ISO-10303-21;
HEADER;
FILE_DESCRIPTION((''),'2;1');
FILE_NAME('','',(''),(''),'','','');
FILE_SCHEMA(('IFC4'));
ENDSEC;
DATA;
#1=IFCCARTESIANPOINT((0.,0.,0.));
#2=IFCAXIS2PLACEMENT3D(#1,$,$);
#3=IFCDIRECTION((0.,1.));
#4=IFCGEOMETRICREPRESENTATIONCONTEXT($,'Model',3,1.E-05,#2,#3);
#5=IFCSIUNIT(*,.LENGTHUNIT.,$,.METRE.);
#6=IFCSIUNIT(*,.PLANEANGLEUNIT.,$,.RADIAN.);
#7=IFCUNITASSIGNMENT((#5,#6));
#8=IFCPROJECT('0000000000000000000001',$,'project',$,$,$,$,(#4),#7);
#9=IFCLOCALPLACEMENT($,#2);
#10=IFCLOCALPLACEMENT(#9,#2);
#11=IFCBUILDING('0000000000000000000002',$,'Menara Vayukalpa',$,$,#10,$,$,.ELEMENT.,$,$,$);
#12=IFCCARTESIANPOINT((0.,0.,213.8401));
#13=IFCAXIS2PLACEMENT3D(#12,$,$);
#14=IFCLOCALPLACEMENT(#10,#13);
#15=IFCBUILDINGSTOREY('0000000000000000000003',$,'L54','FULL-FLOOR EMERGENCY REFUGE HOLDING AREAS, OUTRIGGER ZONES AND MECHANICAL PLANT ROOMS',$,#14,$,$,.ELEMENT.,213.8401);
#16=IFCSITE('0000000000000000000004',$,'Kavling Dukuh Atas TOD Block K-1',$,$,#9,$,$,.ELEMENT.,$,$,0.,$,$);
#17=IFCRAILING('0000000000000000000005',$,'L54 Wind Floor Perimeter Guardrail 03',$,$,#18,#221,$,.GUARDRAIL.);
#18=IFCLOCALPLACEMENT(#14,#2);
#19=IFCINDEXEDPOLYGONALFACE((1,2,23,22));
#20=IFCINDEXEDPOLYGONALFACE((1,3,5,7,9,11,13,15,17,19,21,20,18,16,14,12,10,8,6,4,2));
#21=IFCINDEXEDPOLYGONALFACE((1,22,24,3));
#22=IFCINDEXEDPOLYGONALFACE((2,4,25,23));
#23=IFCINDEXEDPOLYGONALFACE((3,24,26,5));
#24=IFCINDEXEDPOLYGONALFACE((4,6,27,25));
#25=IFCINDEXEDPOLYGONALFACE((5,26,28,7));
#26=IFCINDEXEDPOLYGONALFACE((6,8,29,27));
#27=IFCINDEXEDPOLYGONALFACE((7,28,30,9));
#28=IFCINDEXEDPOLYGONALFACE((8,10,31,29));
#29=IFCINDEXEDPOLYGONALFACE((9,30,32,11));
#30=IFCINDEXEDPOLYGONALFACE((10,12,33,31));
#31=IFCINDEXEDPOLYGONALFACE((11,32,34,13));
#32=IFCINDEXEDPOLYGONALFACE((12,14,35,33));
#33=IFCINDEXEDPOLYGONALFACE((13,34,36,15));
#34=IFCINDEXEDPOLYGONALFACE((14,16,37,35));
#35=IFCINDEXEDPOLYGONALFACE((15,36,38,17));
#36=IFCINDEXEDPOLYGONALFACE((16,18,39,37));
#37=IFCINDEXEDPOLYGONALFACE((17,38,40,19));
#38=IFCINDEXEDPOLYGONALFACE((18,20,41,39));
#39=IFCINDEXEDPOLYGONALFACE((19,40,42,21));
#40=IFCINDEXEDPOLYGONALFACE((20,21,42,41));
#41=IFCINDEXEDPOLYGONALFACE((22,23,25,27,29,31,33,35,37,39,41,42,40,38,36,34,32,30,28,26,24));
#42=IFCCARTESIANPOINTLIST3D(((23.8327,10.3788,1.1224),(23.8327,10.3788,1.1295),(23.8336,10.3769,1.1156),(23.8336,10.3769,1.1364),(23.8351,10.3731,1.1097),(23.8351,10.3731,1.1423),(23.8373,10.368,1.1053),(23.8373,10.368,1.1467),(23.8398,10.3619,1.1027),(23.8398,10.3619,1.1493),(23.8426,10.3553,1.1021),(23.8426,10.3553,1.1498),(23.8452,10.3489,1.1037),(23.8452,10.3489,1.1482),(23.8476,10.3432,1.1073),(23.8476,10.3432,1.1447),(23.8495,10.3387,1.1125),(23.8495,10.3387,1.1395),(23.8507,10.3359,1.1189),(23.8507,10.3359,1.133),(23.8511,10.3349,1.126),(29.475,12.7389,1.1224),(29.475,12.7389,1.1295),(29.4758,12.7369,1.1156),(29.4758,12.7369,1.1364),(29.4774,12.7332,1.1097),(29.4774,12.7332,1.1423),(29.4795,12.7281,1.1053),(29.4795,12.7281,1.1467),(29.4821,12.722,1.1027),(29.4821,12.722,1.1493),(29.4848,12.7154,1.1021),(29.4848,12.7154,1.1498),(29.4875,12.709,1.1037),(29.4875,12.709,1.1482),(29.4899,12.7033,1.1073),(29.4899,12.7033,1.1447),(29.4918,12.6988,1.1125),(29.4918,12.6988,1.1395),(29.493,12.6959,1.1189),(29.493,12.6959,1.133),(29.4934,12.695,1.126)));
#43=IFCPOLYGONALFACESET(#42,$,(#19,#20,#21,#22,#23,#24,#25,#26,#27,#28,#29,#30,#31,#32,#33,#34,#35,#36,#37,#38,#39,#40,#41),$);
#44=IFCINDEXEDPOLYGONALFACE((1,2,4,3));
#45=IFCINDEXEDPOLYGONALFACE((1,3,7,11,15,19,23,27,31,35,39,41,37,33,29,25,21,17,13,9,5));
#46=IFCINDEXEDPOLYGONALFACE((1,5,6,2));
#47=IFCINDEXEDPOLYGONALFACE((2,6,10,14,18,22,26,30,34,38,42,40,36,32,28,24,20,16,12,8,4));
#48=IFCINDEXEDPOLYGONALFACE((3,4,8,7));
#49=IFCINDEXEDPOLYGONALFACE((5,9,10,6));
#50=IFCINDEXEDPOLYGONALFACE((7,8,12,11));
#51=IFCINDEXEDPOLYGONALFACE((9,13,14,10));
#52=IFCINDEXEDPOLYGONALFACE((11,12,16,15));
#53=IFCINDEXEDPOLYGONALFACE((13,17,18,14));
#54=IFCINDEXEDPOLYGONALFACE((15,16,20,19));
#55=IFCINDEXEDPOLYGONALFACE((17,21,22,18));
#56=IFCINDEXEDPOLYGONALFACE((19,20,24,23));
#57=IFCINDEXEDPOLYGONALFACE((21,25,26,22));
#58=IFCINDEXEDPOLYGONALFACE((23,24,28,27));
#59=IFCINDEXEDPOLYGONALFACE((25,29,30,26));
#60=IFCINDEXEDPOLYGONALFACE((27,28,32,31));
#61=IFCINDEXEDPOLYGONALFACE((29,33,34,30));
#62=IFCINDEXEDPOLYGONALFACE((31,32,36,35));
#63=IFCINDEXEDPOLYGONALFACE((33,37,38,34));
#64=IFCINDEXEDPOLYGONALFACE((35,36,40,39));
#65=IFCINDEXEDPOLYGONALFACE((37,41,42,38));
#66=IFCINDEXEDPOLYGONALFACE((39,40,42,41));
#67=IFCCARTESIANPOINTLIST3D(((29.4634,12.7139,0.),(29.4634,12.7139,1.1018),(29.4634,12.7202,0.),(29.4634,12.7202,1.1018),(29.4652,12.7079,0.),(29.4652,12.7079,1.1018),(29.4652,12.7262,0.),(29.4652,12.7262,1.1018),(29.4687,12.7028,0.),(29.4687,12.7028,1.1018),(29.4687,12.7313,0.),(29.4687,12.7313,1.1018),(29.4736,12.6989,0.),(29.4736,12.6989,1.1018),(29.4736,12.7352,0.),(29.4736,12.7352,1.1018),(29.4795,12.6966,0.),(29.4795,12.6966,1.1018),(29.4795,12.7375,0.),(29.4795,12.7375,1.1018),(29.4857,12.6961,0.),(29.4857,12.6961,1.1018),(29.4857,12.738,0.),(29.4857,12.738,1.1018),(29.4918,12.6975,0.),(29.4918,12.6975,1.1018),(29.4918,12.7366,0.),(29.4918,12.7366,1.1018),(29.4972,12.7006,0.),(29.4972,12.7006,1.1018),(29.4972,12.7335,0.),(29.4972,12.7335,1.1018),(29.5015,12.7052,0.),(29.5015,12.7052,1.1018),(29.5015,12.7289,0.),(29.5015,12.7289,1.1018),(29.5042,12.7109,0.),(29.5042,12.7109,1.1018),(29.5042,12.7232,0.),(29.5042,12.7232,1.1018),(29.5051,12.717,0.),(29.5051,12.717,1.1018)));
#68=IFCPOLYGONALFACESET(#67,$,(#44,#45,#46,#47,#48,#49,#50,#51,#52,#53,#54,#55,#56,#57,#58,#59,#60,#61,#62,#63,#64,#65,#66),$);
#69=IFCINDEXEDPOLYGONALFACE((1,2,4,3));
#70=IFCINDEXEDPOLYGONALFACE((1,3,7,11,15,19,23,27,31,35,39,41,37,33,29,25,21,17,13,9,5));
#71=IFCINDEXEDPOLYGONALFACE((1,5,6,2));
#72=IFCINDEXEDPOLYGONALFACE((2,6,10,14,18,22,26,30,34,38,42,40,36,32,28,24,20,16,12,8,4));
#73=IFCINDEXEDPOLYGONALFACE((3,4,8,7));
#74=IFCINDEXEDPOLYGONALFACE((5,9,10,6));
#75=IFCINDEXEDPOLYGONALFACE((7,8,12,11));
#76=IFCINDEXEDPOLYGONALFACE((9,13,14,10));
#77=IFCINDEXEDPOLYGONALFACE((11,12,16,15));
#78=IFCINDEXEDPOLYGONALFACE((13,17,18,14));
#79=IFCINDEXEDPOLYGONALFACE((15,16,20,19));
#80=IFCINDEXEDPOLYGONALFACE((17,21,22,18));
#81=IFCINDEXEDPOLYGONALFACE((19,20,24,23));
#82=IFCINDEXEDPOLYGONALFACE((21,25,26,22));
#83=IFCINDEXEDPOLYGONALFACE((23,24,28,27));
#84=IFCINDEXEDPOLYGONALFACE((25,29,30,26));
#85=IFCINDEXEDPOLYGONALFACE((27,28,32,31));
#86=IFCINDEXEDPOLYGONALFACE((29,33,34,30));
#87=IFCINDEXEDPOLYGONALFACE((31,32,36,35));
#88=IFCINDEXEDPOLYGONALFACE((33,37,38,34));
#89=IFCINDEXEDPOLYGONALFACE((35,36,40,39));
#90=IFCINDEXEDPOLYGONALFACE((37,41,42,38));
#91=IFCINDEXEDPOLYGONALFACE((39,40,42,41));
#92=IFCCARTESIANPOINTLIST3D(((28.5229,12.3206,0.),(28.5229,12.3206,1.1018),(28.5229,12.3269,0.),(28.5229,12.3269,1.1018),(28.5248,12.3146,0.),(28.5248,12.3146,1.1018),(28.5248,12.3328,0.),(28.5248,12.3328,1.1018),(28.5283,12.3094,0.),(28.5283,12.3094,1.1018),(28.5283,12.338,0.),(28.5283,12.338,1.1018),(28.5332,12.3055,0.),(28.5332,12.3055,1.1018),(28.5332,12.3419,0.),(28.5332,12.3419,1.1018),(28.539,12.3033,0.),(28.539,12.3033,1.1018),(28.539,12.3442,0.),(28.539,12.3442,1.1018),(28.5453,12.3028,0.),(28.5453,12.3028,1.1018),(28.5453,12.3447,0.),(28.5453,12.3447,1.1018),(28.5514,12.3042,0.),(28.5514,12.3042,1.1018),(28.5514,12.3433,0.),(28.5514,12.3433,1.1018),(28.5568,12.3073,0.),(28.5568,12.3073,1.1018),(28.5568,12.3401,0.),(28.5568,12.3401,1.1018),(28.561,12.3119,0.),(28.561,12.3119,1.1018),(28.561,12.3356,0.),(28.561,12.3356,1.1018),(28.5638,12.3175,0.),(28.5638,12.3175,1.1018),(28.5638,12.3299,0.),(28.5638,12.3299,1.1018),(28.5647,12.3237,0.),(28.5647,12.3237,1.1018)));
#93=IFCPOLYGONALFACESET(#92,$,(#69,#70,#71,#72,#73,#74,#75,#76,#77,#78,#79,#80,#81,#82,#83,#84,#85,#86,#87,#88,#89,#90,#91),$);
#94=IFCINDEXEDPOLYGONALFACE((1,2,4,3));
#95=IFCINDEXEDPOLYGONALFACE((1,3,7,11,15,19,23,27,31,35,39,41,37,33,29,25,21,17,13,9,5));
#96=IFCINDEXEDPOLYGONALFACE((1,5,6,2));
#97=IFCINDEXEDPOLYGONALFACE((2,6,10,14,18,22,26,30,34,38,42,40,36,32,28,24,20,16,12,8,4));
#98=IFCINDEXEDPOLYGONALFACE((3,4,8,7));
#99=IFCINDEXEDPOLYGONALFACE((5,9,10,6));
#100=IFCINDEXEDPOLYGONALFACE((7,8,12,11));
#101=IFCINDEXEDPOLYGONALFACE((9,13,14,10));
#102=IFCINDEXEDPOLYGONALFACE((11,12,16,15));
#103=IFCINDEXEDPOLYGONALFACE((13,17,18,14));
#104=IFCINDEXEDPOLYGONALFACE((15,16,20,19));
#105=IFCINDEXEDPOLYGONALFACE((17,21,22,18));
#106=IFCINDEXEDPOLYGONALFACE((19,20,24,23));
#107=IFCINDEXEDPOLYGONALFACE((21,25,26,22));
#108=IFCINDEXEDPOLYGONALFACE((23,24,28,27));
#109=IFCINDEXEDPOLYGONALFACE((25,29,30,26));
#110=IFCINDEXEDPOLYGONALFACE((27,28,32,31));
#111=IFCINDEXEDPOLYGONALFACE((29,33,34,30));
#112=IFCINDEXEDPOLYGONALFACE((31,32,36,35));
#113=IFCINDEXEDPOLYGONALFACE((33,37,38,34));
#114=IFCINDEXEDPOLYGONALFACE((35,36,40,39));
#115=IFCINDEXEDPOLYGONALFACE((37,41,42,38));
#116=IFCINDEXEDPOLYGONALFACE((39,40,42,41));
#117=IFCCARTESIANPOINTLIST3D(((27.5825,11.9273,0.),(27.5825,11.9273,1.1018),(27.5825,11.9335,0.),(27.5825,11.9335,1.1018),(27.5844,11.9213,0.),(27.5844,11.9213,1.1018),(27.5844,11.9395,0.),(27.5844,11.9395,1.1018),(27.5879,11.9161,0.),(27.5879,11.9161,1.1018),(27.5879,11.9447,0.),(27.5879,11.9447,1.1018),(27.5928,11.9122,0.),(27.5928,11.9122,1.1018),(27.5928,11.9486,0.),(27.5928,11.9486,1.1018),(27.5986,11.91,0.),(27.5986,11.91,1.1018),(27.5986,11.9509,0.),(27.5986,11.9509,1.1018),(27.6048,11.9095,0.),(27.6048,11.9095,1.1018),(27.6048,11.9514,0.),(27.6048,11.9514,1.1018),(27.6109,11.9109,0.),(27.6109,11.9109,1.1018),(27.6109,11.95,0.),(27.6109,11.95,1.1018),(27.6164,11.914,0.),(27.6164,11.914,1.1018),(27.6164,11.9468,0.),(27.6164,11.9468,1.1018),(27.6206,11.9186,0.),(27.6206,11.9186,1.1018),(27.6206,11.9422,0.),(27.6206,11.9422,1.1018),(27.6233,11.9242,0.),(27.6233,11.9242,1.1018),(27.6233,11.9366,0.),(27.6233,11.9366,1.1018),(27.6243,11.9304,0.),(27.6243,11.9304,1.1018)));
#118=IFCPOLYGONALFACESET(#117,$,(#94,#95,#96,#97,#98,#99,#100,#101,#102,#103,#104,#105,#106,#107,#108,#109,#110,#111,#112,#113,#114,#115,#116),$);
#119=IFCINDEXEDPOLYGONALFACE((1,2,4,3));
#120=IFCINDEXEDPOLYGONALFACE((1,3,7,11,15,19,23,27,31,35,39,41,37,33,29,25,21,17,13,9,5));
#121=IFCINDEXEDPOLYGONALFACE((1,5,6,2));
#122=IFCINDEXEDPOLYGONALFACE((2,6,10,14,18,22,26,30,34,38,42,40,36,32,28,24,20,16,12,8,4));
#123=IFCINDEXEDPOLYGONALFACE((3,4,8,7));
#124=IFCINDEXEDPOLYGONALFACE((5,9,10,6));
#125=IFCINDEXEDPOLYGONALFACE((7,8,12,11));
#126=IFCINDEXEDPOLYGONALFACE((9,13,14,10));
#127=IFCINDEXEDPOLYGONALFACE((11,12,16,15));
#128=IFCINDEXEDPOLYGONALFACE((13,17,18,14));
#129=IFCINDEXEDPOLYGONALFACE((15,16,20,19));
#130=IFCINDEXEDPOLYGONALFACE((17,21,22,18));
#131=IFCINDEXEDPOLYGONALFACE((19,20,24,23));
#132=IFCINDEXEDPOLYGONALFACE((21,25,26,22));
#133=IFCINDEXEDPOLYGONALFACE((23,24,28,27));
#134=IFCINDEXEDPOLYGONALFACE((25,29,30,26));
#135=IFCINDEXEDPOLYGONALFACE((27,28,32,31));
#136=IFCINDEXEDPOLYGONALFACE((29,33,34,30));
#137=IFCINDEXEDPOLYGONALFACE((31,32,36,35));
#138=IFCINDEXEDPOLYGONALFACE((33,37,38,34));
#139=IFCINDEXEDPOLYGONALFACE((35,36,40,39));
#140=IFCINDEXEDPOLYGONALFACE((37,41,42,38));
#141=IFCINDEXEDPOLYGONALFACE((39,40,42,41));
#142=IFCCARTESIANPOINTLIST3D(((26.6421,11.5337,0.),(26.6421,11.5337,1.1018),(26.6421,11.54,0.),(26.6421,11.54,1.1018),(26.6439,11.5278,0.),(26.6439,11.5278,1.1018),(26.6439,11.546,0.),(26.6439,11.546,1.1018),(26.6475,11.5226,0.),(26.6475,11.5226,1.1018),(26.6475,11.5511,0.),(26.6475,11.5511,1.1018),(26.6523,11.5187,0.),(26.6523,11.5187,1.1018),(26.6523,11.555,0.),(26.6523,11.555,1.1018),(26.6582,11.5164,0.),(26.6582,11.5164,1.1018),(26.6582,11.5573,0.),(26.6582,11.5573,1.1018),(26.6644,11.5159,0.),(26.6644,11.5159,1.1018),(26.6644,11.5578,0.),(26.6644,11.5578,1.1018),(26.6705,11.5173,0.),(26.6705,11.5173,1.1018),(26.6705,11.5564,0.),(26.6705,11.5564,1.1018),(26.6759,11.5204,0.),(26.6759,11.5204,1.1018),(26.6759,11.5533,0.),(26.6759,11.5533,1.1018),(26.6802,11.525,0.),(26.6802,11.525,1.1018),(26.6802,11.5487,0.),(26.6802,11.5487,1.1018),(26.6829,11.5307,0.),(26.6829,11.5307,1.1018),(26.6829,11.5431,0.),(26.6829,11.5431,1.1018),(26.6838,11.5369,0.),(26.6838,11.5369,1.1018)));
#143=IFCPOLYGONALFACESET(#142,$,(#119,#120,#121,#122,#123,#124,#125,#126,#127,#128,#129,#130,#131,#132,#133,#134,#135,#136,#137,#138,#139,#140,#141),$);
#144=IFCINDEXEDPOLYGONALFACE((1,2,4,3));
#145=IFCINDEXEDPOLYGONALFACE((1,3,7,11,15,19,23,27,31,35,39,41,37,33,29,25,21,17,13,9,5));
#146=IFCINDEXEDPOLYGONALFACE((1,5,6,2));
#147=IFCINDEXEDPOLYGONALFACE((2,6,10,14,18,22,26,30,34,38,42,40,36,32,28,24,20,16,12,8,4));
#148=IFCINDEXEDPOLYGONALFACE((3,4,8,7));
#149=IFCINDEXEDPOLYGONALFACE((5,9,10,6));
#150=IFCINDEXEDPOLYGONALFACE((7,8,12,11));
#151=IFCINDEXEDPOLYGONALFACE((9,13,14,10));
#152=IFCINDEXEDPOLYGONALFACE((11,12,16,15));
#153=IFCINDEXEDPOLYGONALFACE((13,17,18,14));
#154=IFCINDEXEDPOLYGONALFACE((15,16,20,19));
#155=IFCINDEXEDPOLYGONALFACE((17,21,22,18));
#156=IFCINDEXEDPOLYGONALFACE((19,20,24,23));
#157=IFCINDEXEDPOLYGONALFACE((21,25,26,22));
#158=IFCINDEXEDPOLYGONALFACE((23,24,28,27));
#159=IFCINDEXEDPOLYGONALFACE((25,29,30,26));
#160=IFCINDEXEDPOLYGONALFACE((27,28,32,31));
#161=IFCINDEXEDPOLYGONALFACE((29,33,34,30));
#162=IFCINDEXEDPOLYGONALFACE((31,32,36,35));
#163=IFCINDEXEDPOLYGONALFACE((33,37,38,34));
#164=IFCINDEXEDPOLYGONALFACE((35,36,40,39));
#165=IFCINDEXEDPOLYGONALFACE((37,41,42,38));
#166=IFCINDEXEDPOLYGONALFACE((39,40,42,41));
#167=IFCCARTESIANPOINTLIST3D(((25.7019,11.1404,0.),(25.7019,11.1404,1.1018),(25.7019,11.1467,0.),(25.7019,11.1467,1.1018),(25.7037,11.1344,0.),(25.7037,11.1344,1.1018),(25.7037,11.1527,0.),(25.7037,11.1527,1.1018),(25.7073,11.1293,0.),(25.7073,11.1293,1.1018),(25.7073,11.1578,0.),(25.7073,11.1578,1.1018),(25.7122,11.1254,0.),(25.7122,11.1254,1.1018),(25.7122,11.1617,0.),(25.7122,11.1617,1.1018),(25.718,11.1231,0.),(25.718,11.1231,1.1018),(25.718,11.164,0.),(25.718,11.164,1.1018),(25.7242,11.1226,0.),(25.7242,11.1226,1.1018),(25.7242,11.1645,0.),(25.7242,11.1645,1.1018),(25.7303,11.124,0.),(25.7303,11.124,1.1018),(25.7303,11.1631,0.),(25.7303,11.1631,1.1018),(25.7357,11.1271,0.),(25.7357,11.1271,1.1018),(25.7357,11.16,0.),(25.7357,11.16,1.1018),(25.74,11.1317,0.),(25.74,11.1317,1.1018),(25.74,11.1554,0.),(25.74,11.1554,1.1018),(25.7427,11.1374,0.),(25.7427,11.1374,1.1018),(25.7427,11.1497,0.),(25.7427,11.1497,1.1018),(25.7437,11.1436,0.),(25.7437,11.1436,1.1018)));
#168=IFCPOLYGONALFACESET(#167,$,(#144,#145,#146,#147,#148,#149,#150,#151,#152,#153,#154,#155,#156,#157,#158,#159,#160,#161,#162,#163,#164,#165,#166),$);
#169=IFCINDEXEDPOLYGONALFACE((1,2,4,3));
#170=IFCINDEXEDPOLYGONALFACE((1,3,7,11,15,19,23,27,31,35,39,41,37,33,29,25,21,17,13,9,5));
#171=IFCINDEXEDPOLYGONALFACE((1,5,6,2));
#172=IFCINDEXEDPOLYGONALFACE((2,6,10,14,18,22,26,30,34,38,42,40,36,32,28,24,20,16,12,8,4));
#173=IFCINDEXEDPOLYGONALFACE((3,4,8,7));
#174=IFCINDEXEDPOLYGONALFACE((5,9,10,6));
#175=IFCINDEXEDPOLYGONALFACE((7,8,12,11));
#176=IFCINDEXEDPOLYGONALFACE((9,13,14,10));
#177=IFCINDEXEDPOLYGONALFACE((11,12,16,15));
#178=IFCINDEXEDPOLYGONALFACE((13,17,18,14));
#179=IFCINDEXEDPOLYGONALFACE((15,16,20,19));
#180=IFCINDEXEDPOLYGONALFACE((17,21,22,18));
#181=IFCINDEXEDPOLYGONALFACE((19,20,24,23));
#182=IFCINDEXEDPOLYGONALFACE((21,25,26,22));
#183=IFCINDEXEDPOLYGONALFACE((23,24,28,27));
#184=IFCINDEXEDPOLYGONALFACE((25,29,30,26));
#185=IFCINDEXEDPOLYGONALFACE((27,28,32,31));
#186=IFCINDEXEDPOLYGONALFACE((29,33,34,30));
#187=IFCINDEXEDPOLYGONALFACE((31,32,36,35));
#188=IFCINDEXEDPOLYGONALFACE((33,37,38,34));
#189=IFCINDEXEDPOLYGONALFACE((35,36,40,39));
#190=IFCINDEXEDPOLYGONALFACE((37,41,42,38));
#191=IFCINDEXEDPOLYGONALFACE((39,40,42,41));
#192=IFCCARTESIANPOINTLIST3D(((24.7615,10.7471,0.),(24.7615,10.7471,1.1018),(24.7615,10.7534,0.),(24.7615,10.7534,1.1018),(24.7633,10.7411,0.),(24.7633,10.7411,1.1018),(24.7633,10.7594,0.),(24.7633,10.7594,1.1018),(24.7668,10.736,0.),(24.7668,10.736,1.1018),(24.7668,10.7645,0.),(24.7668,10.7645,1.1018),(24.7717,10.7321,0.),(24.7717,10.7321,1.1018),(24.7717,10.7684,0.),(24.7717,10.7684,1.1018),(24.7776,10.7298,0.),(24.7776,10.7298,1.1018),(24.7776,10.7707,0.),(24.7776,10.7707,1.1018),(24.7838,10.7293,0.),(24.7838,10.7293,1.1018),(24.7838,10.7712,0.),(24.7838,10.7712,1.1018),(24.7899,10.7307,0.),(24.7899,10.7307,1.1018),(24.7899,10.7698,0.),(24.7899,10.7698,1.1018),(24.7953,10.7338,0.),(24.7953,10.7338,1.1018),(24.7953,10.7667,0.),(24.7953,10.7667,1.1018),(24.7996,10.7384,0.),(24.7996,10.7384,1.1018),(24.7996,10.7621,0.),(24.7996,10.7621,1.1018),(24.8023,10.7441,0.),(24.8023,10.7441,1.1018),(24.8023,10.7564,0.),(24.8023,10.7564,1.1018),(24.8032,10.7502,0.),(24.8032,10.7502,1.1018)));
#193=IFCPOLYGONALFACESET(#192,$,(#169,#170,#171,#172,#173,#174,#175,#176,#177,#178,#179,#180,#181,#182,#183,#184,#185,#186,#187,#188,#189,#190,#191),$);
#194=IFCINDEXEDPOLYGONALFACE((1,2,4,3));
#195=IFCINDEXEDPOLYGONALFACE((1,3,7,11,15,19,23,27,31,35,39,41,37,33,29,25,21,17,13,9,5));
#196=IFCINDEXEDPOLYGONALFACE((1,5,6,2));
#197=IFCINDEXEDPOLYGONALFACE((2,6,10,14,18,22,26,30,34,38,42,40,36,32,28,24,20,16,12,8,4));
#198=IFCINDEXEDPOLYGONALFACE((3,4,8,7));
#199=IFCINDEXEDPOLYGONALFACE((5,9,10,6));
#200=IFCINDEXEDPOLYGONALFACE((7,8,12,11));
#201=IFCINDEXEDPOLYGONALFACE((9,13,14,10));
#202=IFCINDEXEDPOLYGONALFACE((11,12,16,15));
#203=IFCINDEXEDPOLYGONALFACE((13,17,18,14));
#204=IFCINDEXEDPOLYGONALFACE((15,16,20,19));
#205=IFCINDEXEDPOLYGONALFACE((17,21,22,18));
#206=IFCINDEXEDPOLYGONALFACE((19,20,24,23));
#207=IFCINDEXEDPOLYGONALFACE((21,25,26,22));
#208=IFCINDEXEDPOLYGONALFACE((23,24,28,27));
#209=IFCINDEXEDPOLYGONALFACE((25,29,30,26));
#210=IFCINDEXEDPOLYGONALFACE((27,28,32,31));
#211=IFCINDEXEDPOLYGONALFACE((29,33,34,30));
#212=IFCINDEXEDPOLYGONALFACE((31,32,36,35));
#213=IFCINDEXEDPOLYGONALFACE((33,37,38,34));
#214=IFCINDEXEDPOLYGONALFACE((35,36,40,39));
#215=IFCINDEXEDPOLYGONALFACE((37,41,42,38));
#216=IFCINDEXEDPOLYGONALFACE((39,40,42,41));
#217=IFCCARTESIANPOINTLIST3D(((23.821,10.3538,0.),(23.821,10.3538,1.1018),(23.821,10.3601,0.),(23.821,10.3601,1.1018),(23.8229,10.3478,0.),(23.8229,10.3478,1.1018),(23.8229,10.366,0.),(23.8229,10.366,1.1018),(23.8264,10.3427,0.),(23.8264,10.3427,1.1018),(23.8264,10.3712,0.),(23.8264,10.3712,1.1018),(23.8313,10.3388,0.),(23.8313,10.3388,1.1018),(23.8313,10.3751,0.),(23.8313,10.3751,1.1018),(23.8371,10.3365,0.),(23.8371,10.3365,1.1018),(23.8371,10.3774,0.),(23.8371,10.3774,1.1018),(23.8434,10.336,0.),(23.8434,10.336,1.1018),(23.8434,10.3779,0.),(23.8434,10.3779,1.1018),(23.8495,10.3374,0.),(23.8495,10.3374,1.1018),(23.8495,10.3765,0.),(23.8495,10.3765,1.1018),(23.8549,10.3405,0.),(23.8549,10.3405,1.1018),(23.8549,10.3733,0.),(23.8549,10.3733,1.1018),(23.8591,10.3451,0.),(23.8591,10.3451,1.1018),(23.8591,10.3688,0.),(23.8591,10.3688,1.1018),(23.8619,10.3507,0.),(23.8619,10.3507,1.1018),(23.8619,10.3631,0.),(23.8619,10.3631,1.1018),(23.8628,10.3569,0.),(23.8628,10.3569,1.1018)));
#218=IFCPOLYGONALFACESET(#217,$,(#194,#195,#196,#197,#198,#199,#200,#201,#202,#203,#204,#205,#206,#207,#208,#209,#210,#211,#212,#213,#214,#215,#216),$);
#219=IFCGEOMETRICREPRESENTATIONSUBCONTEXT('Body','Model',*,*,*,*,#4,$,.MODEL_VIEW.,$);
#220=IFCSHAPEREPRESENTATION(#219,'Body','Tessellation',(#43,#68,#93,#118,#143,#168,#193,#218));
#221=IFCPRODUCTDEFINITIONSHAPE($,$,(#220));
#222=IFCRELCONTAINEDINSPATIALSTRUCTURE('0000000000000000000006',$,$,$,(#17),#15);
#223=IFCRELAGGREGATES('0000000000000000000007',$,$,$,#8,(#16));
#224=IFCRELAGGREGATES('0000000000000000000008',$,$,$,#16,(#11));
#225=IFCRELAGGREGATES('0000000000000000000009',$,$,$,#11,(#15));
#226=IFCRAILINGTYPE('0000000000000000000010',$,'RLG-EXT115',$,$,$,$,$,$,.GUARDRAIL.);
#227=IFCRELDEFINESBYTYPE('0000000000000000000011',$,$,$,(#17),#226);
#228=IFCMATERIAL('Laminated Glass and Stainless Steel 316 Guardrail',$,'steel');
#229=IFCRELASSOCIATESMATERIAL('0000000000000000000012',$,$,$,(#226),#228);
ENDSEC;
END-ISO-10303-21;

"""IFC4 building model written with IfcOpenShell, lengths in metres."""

from ifc_helpers import new_model, si_unit, direction, frame, origin, origin_2d, place, context, subcontext, project, spatial, circle, extrude, material, type_object, element, save


model = new_model("IFC4")

# Units and contexts
model_context = context("Model", 3, precision=1e-05, world=origin(), true_north=direction((0.0, 1.0)))
body_context = subcontext(model_context, "Body", "Model", "MODEL_VIEW")
ifc_project = project(units=[si_unit("LENGTHUNIT", "METRE"), si_unit("PLANEANGLEUNIT", "RADIAN")], contexts=[model_context])

# Site, building, storey
site_placement = place(None, origin())
site = spatial("IfcSite", under=ifc_project, at=site_placement, Name="Kavling Dukuh Atas TOD Block K-1", CompositionType="ELEMENT", RefElevation=0.0)
building_placement = place(site_placement, origin())
building = spatial("IfcBuilding", under=site, at=building_placement, Name="Menara Vayukalpa", CompositionType="ELEMENT")
storey_placement = place(building_placement, frame((0.0, 0.0, 213.8401)))
storey = spatial("IfcBuildingStorey", under=building, at=storey_placement, Name="L54", Description="FULL-FLOOR EMERGENCY REFUGE HOLDING AREAS, OUTRIGGER ZONES AND MECHANICAL PLANT ROOMS", CompositionType="ELEMENT", Elevation=213.8401)

# Railing
ifc_material_1 = material(Name="Laminated Glass and Stainless Steel 316 Guardrail", Category="steel")
railing_type_1 = type_object("IfcRailingType", Name="RLG-EXT115", PredefinedType="GUARDRAIL", material=ifc_material_1)
railing_1_placement = place(storey_placement, frame((29.4841, 12.717, 0.0)))
element("IfcRailing", 1, at=railing_1_placement, inside=storey, type_object=railing_type_1, Name="L54 Wind Floor Perimeter Guardrail 03", PredefinedType="GUARDRAIL", context=body_context, shape_type="SweptSolid", body=[
    extrude(circle(Radius=0.0239, at=origin_2d()), frame((0.0, 0.0, 1.126), z_axis=(-0.922546, -0.385888, 0.0), x_axis=(0.385888, -0.922546, 0.0)), (0.0, 0.0, 1.0), 6.116),
    extrude(circle(Radius=0.021, at=origin_2d()), origin(), (0.0, 0.0, 1.0), 1.1018),
    extrude(circle(Radius=0.021, at=origin_2d()), frame((-0.9404, -0.3933, 0.0)), (0.0, 0.0, 1.0), 1.1018),
    extrude(circle(Radius=0.021, at=origin_2d()), frame((-1.8809, -0.7866, 0.0)), (0.0, 0.0, 1.0), 1.1018),
    extrude(circle(Radius=0.021, at=origin_2d()), frame((-2.8213, -1.1802, 0.0)), (0.0, 0.0, 1.0), 1.1018),
    extrude(circle(Radius=0.021, at=origin_2d()), frame((-3.7615, -1.5735, 0.0)), (0.0, 0.0, 1.0), 1.1018),
    extrude(circle(Radius=0.021, at=origin_2d()), frame((-4.7019, -1.9668, 0.0)), (0.0, 0.0, 1.0), 1.1018),
    extrude(circle(Radius=0.021, at=origin_2d()), frame((-5.6423, -2.3601, 0.0)), (0.0, 0.0, 1.0), 1.1018),
])

save(model, "model.ifc")
